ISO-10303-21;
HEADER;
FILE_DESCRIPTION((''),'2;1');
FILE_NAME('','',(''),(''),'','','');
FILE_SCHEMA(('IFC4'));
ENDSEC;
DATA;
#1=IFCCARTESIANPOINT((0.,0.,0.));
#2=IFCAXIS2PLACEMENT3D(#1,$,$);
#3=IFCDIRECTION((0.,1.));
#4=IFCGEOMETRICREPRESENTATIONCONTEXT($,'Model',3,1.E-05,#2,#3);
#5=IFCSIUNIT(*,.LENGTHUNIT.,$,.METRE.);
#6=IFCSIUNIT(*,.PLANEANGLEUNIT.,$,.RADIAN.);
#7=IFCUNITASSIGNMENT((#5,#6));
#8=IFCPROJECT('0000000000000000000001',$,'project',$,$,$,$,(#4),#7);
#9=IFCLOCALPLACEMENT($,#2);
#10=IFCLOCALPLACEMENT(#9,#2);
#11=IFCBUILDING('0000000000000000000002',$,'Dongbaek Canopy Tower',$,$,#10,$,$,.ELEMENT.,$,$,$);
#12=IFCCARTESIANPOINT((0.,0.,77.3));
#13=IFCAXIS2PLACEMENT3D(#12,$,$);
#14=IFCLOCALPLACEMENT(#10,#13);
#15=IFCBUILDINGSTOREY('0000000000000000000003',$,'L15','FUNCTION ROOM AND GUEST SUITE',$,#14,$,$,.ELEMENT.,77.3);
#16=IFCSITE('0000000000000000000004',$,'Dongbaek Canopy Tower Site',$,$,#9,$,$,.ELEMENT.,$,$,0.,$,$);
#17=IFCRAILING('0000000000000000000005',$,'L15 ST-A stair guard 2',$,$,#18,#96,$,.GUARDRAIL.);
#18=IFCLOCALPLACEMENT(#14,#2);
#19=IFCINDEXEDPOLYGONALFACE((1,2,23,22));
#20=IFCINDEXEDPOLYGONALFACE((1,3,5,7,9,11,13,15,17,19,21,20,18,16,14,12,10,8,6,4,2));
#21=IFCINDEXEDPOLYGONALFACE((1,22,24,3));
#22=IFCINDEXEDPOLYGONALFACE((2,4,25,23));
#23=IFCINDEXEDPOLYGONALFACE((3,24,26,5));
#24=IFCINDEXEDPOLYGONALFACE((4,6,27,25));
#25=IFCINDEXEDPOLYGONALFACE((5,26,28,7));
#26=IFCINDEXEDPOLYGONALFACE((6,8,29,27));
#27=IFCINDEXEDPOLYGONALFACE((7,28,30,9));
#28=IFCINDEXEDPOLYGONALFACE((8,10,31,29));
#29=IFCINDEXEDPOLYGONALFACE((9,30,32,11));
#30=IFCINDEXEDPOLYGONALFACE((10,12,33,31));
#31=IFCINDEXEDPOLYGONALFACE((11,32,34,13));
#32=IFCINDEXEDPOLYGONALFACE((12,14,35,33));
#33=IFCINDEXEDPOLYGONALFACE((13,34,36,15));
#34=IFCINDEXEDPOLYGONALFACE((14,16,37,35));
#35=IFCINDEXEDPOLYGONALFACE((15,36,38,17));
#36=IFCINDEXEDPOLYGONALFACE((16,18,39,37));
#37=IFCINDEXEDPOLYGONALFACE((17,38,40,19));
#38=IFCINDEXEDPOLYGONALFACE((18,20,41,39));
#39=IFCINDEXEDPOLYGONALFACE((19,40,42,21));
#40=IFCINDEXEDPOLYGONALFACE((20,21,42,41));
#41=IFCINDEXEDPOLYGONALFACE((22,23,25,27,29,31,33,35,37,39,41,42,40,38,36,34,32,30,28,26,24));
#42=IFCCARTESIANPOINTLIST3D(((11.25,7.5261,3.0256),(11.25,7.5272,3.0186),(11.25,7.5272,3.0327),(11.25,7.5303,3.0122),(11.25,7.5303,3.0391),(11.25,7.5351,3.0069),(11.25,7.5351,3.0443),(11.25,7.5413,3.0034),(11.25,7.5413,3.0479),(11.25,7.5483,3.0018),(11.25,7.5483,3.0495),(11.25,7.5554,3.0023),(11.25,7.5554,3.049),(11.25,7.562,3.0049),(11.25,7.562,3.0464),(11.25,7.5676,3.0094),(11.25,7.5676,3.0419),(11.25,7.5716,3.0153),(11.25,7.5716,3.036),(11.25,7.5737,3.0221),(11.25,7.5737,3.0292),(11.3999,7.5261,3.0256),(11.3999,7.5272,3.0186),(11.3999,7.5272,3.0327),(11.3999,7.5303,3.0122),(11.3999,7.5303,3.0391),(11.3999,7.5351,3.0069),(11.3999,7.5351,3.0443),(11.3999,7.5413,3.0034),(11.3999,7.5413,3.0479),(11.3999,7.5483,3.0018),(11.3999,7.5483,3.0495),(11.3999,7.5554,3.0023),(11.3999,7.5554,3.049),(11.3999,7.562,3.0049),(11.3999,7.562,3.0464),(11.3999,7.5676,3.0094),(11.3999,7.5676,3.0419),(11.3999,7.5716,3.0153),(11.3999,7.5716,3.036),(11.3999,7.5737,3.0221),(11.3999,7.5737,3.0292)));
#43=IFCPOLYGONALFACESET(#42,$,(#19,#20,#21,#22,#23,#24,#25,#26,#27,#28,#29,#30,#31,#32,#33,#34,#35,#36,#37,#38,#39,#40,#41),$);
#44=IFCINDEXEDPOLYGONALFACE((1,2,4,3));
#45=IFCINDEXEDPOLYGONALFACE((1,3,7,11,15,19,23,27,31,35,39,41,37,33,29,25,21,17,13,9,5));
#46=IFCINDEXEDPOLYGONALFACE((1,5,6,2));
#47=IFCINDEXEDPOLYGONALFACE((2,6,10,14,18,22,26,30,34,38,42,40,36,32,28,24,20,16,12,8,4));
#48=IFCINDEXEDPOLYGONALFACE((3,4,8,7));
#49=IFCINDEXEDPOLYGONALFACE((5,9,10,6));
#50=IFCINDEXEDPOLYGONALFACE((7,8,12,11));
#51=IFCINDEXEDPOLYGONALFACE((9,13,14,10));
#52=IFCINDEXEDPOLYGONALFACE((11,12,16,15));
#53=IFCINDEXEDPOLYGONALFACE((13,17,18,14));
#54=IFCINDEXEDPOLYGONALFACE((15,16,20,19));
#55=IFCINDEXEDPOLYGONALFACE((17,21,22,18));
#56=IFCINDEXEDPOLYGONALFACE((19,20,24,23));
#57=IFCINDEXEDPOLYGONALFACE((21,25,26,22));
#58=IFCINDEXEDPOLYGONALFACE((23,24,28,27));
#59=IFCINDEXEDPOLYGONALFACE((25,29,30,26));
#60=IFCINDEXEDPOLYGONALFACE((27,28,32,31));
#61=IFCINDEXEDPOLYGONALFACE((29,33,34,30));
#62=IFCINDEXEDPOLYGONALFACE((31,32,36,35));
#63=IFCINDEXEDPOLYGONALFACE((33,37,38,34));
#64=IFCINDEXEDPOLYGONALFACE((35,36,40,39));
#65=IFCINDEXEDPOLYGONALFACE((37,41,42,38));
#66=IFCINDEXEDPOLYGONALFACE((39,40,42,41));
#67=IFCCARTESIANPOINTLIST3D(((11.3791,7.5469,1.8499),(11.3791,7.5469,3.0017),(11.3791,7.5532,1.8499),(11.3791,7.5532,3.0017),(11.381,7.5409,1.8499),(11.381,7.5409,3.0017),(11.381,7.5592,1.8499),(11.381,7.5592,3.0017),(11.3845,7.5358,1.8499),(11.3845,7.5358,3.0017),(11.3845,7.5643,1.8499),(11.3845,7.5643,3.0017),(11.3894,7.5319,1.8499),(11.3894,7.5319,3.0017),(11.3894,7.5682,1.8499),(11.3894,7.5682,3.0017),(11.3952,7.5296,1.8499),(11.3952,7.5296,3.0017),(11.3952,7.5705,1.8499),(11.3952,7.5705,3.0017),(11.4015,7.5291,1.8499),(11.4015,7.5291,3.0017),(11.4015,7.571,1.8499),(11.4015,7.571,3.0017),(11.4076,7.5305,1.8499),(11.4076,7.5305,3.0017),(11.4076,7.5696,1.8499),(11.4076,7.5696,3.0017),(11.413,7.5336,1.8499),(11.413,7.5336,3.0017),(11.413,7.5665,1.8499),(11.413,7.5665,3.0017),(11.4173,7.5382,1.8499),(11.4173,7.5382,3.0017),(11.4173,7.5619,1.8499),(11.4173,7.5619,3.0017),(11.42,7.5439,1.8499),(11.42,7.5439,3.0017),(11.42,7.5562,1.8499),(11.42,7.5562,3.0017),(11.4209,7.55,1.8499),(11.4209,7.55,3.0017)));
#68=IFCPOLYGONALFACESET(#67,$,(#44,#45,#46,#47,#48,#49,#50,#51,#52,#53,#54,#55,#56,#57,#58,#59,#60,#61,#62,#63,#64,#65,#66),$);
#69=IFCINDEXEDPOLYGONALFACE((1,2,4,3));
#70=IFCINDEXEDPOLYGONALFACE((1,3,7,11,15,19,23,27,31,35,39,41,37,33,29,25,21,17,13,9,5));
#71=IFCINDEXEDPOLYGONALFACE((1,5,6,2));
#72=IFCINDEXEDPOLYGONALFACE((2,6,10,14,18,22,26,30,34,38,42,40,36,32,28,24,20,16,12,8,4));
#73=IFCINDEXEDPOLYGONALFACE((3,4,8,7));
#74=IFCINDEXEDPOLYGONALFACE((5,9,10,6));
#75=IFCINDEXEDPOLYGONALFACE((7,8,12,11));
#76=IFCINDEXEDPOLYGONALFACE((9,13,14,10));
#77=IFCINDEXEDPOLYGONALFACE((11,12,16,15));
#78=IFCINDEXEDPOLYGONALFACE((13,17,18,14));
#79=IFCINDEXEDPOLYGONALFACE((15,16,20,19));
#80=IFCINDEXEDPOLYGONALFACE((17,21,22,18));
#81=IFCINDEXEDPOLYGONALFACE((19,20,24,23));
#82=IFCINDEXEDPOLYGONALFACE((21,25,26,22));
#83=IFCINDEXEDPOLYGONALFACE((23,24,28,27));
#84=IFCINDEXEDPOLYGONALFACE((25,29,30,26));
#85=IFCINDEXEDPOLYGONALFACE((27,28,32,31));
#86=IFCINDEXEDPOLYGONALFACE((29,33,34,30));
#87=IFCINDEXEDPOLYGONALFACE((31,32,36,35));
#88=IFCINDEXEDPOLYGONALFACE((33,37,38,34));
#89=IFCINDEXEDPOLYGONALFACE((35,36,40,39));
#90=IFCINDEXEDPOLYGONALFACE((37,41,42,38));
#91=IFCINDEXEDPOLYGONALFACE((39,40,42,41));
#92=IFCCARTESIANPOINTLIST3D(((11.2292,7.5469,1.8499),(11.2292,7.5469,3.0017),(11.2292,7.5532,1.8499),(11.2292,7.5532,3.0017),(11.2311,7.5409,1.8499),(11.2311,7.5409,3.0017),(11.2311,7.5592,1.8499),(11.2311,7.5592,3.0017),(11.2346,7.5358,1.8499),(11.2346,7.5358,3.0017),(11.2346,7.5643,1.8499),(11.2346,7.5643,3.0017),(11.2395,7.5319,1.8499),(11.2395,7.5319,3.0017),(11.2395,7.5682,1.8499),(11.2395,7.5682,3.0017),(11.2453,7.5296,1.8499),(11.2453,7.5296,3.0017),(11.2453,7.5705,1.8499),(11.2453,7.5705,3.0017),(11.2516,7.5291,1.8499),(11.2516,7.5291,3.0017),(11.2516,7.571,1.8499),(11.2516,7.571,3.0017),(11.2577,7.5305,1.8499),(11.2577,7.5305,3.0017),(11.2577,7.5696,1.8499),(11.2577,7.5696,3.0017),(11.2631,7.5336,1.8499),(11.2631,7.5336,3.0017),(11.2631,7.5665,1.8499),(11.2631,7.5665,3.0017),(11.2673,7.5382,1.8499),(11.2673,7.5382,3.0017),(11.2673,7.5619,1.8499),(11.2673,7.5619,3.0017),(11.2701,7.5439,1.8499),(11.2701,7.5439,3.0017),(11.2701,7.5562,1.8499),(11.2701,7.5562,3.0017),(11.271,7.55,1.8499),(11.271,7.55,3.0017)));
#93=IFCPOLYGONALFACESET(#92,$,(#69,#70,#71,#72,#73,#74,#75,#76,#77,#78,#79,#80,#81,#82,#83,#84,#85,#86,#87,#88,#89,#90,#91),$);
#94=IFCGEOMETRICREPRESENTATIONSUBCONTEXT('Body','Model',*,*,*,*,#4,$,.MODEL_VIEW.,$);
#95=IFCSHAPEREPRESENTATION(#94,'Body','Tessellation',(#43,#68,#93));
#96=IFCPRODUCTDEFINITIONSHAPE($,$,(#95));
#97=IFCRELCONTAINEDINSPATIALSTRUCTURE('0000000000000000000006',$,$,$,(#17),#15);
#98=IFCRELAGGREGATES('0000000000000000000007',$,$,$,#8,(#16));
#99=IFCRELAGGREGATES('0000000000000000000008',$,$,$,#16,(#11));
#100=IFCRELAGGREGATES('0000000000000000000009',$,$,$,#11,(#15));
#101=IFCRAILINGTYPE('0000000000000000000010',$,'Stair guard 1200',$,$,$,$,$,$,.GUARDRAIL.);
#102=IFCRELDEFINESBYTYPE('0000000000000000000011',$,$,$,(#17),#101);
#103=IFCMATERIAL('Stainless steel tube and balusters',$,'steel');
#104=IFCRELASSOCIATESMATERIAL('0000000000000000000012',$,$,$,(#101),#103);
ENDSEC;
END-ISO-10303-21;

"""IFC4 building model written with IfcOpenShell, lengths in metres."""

from ifc_helpers import new_model, si_unit, direction, frame, origin, origin_2d, place, context, subcontext, project, spatial, circle, extrude, material, type_object, element, save


model = new_model("IFC4")

# Units and contexts
model_context = context("Model", 3, precision=1e-05, world=origin(), true_north=direction((0.0, 1.0)))
body_context = subcontext(model_context, "Body", "Model", "MODEL_VIEW")
ifc_project = project(units=[si_unit("LENGTHUNIT", "METRE"), si_unit("PLANEANGLEUNIT", "RADIAN")], contexts=[model_context])

# Site, building, storey
site_placement = place(None, origin())
site = spatial("IfcSite", under=ifc_project, at=site_placement, Name="Dongbaek Canopy Tower Site", CompositionType="ELEMENT", RefElevation=0.0)
building_placement = place(site_placement, origin())
building = spatial("IfcBuilding", under=site, at=building_placement, Name="Dongbaek Canopy Tower", CompositionType="ELEMENT")
storey_placement = place(building_placement, frame((0.0, 0.0, 77.3)))
storey = spatial("IfcBuildingStorey", under=building, at=storey_placement, Name="L15", Description="FUNCTION ROOM AND GUEST SUITE", CompositionType="ELEMENT", Elevation=77.3)

# Railing
ifc_material_1 = material(Name="Stainless steel tube and balusters", Category="steel")
railing_type_1 = type_object("IfcRailingType", Name="Stair guard 1200", PredefinedType="GUARDRAIL", material=ifc_material_1)
railing_1_placement = place(storey_placement, frame((11.3999, 7.55, 1.8499)))
element("IfcRailing", 1, at=railing_1_placement, inside=storey, type_object=railing_type_1, Name="L15 ST-A stair guard 2", PredefinedType="GUARDRAIL", context=body_context, shape_type="SweptSolid", body=[
    extrude(circle(Radius=0.0239, at=origin_2d()), frame((0.0, 0.0, 1.1758), z_axis=(-1.0, 0.0, 0.0), x_axis=(0.0, -1.0, 0.0)), (0.0, 0.0, 1.0), 0.1499),
    extrude(circle(Radius=0.021, at=origin_2d()), origin(), (0.0, 0.0, 1.0), 1.1519),
    extrude(circle(Radius=0.021, at=origin_2d()), frame((-0.1499, 0.0, 0.0)), (0.0, 0.0, 1.0), 1.1519),
])

save(model, "model.ifc")
